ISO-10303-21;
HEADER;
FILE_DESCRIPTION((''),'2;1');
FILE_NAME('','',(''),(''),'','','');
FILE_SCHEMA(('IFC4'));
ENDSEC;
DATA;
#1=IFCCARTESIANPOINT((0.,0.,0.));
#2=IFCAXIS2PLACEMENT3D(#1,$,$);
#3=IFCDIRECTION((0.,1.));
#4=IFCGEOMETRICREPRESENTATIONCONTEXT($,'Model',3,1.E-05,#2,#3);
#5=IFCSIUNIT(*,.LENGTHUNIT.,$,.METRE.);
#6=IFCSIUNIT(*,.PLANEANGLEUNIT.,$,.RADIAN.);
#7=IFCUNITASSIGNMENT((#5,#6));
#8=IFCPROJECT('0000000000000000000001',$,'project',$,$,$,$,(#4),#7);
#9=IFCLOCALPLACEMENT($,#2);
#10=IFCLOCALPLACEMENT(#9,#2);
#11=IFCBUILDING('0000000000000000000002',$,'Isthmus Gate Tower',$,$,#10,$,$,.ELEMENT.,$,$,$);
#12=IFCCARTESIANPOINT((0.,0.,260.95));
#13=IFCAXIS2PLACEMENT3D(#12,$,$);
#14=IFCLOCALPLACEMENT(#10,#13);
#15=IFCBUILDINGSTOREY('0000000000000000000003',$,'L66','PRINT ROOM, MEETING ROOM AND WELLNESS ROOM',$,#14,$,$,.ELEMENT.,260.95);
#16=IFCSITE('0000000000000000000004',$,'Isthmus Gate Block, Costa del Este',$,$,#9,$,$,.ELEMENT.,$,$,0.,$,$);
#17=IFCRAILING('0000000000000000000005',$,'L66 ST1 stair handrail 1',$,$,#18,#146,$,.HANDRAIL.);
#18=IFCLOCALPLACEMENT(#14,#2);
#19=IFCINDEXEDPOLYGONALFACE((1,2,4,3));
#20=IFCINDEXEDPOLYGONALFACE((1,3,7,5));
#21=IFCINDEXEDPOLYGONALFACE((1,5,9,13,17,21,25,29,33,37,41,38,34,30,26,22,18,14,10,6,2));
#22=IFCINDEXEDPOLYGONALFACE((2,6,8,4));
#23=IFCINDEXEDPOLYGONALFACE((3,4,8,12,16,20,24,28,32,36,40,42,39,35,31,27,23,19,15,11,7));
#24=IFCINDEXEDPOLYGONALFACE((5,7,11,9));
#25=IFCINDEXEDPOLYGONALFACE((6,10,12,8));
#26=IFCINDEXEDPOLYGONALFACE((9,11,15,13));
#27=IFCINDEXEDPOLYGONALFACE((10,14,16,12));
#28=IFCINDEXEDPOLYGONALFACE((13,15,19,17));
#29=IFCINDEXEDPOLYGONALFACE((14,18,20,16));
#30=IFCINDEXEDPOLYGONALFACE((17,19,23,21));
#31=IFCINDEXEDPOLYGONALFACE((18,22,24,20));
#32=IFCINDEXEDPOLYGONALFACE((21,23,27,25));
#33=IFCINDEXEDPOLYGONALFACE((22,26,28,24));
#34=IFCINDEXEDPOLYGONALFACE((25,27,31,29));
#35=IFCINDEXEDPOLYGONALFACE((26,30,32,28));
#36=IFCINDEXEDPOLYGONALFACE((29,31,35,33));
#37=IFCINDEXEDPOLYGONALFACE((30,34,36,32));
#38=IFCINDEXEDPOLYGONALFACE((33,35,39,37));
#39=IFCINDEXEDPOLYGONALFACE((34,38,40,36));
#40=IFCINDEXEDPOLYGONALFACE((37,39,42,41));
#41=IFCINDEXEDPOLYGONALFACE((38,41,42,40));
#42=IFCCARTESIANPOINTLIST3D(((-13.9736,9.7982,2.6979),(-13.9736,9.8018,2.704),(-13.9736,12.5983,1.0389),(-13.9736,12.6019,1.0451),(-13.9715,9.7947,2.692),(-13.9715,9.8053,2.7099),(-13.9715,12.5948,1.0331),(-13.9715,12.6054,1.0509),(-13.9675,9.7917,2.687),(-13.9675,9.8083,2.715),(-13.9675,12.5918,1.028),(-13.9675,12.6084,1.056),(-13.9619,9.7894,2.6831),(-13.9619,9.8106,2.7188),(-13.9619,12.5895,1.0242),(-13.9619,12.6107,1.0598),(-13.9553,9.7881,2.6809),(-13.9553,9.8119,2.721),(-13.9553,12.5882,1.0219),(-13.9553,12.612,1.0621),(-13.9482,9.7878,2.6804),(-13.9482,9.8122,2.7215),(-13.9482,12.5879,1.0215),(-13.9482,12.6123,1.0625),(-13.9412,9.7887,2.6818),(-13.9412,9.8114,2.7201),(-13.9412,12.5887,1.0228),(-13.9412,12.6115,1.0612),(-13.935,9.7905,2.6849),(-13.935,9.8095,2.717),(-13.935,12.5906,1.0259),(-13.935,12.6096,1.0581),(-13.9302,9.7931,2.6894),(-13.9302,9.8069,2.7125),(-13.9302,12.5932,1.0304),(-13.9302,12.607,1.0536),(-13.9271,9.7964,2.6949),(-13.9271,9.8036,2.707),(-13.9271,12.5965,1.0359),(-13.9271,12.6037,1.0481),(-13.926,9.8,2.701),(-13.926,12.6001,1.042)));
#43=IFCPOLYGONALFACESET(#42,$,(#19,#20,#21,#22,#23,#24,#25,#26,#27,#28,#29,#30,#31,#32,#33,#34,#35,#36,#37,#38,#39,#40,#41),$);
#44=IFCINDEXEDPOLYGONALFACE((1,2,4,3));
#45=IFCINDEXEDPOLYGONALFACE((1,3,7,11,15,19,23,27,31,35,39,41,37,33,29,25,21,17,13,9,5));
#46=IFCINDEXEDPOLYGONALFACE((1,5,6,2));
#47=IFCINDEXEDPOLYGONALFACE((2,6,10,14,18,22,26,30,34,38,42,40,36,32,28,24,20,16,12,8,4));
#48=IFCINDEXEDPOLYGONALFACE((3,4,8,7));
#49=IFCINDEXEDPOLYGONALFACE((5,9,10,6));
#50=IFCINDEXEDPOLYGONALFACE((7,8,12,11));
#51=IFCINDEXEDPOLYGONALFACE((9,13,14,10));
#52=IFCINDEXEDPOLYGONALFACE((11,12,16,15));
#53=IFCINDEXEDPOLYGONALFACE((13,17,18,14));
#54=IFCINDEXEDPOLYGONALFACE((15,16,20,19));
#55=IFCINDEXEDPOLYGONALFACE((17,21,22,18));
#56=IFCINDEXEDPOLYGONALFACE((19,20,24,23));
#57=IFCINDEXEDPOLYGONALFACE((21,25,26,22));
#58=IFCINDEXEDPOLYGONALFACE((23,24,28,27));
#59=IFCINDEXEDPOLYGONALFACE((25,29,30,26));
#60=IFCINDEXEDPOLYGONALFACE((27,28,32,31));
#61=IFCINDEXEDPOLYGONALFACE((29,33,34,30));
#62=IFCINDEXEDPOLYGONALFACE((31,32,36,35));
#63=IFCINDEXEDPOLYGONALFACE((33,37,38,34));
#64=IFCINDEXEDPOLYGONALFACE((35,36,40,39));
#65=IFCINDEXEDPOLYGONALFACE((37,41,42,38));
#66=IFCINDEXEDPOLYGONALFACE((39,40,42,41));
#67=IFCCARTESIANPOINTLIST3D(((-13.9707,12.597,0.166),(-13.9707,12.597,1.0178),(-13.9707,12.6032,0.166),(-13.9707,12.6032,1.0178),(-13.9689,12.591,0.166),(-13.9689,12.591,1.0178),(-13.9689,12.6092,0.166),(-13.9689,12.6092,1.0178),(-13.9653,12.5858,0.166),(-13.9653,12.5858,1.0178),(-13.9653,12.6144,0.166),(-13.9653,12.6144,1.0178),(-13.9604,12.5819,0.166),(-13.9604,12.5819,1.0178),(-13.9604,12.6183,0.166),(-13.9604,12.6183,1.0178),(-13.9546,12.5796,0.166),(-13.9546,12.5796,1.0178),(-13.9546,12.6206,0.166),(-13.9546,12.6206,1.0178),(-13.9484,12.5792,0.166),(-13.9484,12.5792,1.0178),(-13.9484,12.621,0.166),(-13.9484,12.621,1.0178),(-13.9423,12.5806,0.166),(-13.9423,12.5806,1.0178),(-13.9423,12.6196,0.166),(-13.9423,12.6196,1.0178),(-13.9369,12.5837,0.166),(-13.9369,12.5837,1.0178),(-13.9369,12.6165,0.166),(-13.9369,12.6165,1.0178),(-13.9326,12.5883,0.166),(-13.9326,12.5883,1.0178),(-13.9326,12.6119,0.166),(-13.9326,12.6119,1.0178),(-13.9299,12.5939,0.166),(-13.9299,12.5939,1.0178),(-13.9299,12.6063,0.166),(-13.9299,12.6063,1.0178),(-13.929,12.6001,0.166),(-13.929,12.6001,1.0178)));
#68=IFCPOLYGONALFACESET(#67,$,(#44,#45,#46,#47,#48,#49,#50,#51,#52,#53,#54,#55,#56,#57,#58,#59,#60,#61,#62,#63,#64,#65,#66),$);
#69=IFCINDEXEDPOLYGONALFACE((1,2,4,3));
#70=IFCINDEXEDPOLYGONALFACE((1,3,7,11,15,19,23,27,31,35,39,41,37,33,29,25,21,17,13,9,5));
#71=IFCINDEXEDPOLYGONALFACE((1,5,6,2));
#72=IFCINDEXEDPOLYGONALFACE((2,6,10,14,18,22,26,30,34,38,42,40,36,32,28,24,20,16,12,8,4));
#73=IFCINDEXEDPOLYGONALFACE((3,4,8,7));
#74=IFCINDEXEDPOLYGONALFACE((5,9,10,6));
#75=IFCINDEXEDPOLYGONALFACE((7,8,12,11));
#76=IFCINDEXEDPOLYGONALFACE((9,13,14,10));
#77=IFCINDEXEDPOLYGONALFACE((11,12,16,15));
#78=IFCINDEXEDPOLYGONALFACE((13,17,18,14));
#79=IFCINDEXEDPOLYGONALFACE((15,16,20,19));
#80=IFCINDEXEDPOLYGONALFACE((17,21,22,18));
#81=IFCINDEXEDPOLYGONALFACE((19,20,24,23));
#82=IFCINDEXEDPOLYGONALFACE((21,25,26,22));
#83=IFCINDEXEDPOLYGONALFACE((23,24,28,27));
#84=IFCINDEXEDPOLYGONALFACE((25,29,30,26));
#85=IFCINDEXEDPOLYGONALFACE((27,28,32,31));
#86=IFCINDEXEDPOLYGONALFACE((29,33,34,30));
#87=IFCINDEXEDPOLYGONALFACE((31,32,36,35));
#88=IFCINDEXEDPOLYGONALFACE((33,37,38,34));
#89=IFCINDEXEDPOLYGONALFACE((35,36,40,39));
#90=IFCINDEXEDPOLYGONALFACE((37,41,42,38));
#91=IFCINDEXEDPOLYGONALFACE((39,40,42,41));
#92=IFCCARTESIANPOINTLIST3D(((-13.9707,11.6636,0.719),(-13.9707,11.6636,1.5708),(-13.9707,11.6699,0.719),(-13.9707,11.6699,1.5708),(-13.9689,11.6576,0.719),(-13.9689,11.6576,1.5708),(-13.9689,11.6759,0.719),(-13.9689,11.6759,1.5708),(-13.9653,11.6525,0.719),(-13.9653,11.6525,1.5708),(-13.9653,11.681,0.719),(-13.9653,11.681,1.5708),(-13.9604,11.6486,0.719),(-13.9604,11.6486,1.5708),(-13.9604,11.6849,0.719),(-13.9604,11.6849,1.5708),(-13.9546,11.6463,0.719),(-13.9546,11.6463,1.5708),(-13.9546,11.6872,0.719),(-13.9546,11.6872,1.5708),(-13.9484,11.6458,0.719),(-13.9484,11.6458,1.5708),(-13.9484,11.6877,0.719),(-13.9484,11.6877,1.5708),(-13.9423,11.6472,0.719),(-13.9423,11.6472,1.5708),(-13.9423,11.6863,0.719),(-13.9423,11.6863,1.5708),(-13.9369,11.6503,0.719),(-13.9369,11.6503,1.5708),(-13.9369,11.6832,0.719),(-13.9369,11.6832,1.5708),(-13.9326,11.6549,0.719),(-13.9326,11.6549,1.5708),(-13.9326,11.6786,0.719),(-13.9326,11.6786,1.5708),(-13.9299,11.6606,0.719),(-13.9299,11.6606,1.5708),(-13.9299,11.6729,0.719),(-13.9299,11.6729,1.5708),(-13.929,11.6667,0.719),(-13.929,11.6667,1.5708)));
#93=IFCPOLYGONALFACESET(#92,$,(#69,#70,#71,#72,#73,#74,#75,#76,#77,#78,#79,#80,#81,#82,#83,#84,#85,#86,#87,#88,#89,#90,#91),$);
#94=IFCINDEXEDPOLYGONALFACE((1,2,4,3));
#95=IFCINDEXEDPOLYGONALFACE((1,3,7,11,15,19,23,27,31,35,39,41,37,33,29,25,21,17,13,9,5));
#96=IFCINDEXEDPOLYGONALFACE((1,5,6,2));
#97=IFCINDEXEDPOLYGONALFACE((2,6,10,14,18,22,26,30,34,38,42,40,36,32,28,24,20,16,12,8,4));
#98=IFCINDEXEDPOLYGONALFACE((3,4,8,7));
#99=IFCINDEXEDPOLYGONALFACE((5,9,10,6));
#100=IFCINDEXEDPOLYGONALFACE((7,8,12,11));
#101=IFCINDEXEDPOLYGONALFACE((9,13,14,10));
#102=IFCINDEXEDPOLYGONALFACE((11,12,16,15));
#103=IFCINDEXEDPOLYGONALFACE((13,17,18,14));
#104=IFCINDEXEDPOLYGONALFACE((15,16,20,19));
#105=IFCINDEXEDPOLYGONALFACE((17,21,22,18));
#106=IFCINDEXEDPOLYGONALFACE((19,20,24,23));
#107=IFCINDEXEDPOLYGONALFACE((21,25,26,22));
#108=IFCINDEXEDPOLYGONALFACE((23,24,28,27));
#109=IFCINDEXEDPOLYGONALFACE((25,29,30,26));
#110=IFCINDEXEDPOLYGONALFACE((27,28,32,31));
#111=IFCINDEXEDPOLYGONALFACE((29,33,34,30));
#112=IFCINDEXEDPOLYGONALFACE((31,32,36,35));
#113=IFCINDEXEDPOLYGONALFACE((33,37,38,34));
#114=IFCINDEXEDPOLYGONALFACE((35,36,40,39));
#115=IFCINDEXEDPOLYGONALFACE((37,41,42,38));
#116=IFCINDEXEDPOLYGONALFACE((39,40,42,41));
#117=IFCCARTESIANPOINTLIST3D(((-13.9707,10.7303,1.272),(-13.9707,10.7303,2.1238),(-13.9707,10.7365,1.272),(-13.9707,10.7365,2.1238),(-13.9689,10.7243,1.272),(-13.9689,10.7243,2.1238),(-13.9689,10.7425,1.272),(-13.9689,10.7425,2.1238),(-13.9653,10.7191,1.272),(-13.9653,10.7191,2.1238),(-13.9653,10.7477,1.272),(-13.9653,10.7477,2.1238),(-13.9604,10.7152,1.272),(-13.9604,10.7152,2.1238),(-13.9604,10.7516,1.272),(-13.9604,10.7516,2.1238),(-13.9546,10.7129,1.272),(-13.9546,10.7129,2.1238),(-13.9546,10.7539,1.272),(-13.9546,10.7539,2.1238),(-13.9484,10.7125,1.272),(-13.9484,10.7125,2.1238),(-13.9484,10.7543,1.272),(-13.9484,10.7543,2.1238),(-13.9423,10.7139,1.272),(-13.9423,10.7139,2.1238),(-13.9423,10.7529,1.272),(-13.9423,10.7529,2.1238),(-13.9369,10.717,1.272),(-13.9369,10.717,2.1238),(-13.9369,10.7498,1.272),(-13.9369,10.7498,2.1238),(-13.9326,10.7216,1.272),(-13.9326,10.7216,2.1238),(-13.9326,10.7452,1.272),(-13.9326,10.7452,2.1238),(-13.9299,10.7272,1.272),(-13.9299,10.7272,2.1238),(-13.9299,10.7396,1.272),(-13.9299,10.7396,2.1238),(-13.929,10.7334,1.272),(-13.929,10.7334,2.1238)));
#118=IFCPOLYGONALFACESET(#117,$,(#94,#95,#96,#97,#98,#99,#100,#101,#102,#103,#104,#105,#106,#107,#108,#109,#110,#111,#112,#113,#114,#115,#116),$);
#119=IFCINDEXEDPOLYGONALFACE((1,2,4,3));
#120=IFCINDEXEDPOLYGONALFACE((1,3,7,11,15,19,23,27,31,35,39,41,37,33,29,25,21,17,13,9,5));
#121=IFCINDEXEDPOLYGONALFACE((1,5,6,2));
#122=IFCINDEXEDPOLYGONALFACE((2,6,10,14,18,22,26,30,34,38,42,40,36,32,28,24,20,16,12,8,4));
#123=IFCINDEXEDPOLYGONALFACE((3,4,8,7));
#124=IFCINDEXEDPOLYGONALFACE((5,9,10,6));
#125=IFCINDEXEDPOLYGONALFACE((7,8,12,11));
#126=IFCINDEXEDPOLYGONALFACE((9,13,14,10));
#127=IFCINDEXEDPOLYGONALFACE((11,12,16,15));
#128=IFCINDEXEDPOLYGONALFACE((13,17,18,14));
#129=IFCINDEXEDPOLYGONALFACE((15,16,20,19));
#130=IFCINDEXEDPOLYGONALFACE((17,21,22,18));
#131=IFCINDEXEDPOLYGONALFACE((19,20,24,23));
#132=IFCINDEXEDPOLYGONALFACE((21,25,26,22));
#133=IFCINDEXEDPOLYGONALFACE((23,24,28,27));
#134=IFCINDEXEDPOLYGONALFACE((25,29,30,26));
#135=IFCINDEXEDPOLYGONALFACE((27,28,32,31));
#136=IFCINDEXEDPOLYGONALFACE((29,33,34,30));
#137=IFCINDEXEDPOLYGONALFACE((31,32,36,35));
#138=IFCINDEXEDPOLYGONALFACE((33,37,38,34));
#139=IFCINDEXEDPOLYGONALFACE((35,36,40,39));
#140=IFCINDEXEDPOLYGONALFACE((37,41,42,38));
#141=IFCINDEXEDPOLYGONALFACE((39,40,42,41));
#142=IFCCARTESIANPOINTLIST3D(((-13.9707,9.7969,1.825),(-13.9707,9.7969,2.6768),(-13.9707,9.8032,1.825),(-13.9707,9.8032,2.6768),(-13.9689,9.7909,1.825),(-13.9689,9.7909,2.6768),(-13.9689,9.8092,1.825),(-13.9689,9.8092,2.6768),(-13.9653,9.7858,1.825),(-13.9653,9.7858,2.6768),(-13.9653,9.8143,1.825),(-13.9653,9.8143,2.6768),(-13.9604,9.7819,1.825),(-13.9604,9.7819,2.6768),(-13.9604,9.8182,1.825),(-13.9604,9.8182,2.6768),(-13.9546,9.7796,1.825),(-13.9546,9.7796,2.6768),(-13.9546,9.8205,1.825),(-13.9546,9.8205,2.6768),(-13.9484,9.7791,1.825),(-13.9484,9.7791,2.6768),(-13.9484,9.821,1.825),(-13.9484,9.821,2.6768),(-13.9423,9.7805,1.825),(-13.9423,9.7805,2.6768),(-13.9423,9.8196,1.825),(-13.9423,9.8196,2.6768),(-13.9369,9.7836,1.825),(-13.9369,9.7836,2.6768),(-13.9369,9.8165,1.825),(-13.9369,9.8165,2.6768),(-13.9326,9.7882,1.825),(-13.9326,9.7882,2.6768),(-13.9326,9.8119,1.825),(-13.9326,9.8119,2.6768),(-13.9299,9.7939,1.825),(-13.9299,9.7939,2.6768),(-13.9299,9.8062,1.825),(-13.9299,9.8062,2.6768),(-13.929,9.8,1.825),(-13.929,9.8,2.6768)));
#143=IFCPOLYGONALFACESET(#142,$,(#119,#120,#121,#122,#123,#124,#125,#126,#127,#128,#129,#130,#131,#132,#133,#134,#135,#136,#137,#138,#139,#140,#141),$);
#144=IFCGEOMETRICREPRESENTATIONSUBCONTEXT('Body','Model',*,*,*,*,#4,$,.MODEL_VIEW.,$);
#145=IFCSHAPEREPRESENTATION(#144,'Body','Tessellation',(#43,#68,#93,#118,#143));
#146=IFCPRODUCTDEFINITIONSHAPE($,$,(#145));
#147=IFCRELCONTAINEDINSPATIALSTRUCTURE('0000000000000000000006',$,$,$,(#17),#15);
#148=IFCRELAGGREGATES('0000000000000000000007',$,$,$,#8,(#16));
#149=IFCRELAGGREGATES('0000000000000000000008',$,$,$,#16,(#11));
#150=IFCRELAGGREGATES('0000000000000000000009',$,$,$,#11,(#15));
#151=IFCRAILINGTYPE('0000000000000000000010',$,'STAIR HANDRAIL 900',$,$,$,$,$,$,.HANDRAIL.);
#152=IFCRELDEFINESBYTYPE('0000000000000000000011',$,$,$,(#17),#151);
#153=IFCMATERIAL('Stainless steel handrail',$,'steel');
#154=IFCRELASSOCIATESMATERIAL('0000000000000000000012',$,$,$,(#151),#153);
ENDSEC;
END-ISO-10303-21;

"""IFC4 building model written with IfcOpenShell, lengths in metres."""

from ifc_helpers import new_model, si_unit, direction, frame, origin, origin_2d, place, context, subcontext, project, spatial, circle, extrude, material, type_object, element, save


model = new_model("IFC4")

# Units and contexts
model_context = context("Model", 3, precision=1e-05, world=origin(), true_north=direction((0.0, 1.0)))
body_context = subcontext(model_context, "Body", "Model", "MODEL_VIEW")
ifc_project = project(units=[si_unit("LENGTHUNIT", "METRE"), si_unit("PLANEANGLEUNIT", "RADIAN")], contexts=[model_context])

# Site, building, storey
site_placement = place(None, origin())
site = spatial("IfcSite", under=ifc_project, at=site_placement, Name="Isthmus Gate Block, Costa del Este", CompositionType="ELEMENT", RefElevation=0.0)
building_placement = place(site_placement, origin())
building = spatial("IfcBuilding", under=site, at=building_placement, Name="Isthmus Gate Tower", CompositionType="ELEMENT")
storey_placement = place(building_placement, frame((0.0, 0.0, 260.95)))
storey = spatial("IfcBuildingStorey", under=building, at=storey_placement, Name="L66", Description="PRINT ROOM, MEETING ROOM AND WELLNESS ROOM", CompositionType="ELEMENT", Elevation=260.95)

# Railing
ifc_material_1 = material(Name="Stainless steel handrail", Category="steel")
railing_type_1 = type_object("IfcRailingType", Name="STAIR HANDRAIL 900", PredefinedType="HANDRAIL", material=ifc_material_1)
railing_1_placement = place(storey_placement, frame((-13.95, 12.6001, 0.166)))
element("IfcRailing", 1, at=railing_1_placement, inside=storey, type_object=railing_type_1, Name="L66 ST1 stair handrail 1", PredefinedType="HANDRAIL", context=body_context, shape_type="SweptSolid", body=[
    extrude(circle(Radius=0.0239, at=origin_2d()), frame((0.0, 0.0, 0.876), z_axis=(0.0, -0.860339, 0.509722), x_axis=(1.0, 0.0, 0.0)), (0.0, 0.0, 1.0), 3.2546),
    extrude(circle(Radius=0.021, at=origin_2d()), origin(), (0.0, 0.0, 1.0), 0.8518),
    extrude(circle(Radius=0.021, at=origin_2d()), frame((0.0, -0.9333, 0.553)), (0.0, 0.0, 1.0), 0.8518),
    extrude(circle(Radius=0.021, at=origin_2d()), frame((0.0, -1.8667, 1.106)), (0.0, 0.0, 1.0), 0.8518),
    extrude(circle(Radius=0.021, at=origin_2d()), frame((0.0, -2.8, 1.6589)), (0.0, 0.0, 1.0), 0.8518),
])

save(model, "model.ifc")
